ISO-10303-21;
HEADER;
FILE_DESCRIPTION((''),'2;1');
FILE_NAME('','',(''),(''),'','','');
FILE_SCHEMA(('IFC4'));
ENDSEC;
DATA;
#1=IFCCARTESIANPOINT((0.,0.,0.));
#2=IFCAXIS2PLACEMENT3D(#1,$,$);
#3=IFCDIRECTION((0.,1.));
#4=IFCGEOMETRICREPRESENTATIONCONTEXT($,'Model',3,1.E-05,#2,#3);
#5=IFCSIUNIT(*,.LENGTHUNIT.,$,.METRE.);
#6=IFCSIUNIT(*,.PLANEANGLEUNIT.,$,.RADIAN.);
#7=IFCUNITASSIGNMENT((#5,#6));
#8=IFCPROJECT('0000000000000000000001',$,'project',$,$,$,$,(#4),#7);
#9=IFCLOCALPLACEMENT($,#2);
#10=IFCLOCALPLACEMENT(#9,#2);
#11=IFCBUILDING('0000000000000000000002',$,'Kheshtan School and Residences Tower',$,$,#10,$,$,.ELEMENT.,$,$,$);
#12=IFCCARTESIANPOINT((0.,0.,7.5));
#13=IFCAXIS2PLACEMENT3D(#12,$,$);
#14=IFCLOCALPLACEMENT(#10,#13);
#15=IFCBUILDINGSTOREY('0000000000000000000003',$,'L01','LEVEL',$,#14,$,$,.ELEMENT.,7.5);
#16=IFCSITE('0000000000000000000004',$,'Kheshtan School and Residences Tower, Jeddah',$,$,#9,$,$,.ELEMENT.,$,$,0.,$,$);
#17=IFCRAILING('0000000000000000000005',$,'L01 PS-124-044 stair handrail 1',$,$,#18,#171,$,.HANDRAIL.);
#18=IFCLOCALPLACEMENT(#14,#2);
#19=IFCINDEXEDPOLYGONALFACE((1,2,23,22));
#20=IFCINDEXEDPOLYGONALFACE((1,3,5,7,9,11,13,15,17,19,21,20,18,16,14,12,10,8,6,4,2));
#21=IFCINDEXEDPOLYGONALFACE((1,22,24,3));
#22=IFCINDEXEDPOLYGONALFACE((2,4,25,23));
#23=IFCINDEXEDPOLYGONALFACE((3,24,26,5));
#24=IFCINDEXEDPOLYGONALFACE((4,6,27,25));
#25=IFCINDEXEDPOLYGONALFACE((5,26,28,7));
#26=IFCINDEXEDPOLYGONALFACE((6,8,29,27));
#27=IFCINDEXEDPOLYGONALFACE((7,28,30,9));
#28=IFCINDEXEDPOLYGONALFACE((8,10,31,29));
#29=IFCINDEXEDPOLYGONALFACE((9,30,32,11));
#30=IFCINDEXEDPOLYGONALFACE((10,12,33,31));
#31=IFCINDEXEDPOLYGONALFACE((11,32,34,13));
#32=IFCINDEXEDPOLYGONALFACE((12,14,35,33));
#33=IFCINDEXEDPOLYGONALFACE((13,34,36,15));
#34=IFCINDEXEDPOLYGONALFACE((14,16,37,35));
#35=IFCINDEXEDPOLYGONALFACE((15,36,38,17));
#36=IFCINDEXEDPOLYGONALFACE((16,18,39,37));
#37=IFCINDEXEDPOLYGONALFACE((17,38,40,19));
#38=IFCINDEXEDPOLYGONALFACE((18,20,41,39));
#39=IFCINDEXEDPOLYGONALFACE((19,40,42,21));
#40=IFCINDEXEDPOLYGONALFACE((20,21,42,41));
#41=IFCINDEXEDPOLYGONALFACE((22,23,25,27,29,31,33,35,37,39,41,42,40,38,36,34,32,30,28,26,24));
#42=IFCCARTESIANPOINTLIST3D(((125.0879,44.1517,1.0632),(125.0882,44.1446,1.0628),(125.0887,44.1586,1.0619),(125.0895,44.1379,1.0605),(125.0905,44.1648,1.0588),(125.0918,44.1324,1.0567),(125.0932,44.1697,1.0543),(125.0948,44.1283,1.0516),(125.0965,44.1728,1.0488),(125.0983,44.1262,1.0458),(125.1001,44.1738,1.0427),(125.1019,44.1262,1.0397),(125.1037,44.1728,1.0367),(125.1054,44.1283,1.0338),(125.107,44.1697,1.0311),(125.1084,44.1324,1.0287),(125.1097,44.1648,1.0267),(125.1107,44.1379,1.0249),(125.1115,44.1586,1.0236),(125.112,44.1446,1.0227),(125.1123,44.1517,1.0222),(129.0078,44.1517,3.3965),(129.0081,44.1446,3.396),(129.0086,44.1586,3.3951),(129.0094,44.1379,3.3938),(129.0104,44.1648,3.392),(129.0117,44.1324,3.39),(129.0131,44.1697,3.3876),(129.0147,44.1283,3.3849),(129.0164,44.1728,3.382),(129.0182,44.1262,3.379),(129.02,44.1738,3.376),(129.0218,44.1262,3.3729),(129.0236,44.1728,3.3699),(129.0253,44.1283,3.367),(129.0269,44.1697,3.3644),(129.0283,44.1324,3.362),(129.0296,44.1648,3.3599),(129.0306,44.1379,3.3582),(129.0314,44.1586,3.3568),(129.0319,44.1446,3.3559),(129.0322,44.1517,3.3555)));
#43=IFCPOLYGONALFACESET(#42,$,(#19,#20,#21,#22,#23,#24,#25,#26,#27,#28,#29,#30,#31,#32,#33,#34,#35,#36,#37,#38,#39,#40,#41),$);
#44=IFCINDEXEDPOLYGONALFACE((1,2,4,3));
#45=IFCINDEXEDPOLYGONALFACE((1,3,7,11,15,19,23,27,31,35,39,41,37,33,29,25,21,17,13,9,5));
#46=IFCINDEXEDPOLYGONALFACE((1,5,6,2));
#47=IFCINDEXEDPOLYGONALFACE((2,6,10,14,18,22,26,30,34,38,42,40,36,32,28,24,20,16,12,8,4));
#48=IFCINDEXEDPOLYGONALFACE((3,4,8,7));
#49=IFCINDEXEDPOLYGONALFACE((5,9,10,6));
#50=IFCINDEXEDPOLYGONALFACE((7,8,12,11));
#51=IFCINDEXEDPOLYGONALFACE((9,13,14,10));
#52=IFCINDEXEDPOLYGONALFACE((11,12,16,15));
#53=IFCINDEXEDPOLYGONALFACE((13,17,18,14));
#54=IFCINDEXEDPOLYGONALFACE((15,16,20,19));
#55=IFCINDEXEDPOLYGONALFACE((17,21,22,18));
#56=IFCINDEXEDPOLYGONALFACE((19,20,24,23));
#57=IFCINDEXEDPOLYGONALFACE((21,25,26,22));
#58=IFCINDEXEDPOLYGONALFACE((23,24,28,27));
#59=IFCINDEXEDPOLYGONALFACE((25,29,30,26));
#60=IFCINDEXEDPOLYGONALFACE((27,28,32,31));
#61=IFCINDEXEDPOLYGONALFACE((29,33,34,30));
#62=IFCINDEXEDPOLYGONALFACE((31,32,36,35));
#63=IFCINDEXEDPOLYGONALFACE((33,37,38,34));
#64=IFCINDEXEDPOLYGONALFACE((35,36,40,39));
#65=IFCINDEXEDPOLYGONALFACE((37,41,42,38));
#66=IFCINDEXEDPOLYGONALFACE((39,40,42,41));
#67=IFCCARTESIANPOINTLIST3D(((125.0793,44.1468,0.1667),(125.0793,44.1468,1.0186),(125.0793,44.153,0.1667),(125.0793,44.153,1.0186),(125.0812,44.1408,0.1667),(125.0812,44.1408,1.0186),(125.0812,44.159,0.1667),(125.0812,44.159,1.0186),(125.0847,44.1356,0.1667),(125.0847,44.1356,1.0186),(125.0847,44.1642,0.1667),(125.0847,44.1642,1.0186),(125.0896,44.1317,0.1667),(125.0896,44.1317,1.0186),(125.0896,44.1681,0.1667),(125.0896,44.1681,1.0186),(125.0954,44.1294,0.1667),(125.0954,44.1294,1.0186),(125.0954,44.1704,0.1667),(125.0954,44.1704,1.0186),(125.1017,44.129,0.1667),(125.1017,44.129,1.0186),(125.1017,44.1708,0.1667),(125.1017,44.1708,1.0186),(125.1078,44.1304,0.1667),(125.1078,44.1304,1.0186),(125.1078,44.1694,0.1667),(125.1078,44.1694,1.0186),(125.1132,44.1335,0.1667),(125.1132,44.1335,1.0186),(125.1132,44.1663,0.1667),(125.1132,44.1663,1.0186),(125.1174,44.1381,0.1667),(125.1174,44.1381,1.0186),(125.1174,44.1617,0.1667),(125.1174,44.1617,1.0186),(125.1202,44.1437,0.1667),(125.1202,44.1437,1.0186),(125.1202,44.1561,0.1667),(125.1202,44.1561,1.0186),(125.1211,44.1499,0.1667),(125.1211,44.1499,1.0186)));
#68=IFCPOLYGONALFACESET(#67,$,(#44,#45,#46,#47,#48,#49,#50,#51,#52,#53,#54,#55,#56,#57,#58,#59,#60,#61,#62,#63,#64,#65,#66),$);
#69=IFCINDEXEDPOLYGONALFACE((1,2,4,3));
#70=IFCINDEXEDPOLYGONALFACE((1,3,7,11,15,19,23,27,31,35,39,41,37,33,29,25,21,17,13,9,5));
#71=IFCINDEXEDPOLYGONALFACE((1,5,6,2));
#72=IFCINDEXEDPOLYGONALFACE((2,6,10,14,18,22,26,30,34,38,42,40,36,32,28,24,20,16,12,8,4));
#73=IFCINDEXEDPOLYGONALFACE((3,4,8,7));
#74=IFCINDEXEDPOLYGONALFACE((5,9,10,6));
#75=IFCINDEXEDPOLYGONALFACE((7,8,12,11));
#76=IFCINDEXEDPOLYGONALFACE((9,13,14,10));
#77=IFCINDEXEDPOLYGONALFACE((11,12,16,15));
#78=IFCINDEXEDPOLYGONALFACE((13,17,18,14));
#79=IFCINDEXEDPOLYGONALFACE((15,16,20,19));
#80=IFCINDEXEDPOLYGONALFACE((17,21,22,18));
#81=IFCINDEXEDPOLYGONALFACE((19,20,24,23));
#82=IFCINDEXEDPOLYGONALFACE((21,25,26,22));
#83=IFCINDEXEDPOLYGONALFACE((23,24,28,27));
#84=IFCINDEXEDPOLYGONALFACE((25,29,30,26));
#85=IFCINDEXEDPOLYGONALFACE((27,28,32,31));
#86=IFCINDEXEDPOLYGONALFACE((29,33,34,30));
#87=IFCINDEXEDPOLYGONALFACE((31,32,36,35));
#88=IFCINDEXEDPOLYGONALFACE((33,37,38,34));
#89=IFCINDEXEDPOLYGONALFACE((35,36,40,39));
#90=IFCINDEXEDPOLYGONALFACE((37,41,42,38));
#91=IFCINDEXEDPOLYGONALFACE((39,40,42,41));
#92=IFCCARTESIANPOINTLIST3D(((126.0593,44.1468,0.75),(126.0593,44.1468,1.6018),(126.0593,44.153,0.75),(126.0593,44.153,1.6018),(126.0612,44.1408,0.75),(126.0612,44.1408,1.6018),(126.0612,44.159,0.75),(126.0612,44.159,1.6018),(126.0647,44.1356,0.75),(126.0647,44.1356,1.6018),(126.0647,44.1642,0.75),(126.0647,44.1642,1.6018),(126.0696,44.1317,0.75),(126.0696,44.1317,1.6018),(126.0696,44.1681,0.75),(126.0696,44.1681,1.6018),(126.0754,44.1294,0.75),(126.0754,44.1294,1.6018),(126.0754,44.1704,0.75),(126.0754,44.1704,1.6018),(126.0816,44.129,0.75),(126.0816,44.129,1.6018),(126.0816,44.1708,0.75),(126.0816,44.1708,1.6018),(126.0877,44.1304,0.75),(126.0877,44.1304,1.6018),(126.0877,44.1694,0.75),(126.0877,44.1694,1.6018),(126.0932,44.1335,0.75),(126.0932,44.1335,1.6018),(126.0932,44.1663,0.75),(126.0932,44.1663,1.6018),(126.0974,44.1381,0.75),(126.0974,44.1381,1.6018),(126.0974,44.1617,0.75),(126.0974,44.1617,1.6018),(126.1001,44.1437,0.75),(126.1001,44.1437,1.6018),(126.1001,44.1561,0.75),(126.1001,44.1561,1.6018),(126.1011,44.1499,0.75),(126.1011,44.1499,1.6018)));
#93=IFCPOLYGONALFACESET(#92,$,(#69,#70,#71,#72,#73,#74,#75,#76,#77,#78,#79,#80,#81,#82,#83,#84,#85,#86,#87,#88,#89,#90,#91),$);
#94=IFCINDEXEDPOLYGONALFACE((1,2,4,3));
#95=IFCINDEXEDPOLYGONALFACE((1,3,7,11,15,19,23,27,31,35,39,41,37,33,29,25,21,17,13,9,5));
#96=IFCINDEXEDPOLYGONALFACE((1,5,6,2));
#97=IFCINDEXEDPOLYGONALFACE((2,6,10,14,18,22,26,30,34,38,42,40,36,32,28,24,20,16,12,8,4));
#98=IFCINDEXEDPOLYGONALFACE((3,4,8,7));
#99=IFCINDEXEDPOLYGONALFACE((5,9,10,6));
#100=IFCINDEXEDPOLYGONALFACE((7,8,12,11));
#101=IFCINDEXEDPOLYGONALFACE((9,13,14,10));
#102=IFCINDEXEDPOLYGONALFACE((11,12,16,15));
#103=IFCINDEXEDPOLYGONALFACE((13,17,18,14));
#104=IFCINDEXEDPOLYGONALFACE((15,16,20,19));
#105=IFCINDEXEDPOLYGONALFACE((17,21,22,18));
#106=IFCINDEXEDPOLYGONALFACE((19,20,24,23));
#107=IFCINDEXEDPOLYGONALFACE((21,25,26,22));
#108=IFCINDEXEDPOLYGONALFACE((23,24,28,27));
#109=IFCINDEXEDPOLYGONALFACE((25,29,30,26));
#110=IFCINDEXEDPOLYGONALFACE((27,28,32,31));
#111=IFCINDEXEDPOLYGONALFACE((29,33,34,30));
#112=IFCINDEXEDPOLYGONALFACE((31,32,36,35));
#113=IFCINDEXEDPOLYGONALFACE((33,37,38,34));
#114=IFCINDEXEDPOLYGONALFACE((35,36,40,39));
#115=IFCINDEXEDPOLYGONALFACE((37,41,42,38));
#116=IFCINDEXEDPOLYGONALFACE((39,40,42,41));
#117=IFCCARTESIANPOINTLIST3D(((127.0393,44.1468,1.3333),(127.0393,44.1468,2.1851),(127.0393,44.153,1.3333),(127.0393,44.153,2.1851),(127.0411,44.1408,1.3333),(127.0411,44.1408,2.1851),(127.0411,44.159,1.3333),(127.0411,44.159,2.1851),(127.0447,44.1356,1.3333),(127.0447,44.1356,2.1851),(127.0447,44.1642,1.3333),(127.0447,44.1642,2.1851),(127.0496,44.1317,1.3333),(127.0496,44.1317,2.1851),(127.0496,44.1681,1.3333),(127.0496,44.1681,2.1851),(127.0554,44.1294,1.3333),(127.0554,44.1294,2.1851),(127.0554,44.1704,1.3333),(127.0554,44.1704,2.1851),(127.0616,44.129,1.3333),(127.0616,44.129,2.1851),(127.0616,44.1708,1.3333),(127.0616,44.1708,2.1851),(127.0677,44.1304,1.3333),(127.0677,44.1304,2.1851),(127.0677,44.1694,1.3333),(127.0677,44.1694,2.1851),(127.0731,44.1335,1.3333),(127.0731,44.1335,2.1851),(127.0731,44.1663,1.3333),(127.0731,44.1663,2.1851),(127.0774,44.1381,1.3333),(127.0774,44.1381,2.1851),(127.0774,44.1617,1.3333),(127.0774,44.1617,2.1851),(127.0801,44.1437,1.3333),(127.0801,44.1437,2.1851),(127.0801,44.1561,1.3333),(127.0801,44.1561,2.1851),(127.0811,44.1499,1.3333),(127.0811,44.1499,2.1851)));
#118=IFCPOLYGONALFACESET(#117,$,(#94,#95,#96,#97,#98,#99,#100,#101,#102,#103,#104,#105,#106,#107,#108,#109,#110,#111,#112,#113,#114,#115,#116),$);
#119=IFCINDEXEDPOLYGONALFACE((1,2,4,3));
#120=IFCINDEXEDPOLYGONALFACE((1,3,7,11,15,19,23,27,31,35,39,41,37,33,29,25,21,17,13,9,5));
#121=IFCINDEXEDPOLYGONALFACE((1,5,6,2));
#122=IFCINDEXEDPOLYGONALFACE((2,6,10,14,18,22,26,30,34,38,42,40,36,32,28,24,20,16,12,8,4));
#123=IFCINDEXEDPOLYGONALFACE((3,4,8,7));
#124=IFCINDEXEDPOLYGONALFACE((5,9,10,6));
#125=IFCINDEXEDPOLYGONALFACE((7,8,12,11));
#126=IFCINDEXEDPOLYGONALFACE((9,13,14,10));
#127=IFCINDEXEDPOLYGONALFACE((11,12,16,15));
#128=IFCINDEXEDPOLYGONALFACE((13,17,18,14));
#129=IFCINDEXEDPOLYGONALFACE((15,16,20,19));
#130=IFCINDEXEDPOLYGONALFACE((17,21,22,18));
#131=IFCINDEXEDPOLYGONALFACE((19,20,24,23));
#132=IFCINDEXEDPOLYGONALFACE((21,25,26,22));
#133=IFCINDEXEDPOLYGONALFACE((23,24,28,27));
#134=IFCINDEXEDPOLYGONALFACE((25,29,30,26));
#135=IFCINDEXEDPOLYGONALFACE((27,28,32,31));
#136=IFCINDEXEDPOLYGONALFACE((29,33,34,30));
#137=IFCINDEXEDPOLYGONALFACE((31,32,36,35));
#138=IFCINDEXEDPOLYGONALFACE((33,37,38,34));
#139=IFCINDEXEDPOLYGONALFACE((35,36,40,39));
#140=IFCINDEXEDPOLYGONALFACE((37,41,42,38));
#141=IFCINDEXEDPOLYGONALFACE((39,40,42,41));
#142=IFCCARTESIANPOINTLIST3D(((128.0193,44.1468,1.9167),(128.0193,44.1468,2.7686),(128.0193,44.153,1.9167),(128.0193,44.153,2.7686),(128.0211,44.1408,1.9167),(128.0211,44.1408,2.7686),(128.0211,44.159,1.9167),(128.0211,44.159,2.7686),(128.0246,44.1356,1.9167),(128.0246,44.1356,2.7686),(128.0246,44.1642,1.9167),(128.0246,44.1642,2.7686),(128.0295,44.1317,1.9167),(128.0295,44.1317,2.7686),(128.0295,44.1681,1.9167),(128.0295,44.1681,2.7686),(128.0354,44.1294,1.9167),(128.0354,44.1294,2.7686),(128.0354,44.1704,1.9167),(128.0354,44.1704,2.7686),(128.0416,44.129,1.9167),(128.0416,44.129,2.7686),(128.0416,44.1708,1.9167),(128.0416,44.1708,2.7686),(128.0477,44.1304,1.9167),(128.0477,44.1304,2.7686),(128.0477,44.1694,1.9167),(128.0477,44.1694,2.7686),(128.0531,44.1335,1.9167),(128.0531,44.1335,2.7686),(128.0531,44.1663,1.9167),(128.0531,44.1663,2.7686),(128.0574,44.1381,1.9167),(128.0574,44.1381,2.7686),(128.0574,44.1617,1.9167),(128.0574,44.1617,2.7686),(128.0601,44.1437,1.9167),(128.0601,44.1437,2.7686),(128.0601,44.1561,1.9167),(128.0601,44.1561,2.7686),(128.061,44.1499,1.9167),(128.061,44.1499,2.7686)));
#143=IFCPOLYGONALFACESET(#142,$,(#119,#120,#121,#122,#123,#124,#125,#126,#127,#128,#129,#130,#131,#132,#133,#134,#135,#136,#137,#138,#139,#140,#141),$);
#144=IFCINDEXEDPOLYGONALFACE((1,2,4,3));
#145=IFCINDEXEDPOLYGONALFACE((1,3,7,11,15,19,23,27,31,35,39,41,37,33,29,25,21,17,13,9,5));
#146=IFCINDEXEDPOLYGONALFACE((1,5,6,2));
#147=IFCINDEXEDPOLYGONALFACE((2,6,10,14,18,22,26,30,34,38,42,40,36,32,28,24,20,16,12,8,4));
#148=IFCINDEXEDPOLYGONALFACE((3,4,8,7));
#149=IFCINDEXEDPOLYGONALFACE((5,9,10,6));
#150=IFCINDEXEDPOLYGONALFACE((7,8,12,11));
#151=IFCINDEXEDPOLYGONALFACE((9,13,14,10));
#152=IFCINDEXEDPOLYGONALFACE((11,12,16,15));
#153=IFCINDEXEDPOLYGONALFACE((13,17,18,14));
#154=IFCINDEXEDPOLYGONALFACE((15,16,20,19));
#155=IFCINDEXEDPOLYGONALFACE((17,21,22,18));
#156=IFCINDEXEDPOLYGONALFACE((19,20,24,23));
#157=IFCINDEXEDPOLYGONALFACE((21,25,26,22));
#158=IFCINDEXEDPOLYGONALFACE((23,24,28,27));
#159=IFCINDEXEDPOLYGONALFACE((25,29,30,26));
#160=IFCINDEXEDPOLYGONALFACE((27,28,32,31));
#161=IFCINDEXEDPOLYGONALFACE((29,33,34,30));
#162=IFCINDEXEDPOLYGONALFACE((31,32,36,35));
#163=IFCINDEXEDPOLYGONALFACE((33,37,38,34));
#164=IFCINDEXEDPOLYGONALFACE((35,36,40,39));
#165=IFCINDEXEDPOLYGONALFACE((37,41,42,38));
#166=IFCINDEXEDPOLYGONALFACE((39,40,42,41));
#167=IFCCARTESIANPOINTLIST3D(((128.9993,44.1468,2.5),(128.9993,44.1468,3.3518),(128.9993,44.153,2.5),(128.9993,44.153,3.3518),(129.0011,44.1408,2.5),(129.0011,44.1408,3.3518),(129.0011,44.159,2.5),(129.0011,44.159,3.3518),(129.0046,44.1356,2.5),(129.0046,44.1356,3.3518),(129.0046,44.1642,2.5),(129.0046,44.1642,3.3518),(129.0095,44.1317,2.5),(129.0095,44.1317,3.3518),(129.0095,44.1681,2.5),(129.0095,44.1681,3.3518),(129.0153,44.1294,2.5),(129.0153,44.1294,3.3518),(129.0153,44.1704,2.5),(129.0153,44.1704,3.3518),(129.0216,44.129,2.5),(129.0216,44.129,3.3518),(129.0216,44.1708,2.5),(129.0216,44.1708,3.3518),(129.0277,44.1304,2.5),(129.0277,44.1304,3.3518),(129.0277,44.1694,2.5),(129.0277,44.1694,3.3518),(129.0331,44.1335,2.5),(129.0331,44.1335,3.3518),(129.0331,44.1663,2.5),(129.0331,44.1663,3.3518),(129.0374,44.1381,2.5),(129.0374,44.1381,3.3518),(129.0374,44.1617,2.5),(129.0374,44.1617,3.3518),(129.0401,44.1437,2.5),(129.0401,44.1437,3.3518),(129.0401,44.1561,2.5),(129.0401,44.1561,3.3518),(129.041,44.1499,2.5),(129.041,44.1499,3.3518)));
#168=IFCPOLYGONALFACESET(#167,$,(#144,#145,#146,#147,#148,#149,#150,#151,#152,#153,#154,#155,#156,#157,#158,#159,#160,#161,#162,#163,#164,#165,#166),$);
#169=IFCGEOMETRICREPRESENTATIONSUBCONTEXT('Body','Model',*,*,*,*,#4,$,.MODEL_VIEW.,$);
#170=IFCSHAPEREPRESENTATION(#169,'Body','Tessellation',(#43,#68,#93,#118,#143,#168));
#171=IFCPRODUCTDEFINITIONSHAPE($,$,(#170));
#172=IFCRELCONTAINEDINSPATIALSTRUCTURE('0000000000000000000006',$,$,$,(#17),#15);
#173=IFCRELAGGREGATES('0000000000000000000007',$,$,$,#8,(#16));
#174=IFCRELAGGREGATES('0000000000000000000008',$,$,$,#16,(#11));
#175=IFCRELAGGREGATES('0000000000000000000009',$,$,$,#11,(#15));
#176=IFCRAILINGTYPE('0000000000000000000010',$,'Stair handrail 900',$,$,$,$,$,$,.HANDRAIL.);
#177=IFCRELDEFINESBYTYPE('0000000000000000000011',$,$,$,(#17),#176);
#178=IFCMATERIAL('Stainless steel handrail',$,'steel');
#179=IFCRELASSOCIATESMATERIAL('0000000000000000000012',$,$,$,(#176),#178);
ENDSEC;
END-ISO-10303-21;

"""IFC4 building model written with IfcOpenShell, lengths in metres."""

from ifc_helpers import new_model, si_unit, direction, frame, origin, origin_2d, place, context, subcontext, project, spatial, circle, extrude, material, type_object, element, save


model = new_model("IFC4")

# Units and contexts
model_context = context("Model", 3, precision=1e-05, world=origin(), true_north=direction((0.0, 1.0)))
body_context = subcontext(model_context, "Body", "Model", "MODEL_VIEW")
ifc_project = project(units=[si_unit("LENGTHUNIT", "METRE"), si_unit("PLANEANGLEUNIT", "RADIAN")], contexts=[model_context])

# Site, building, storey
site_placement = place(None, origin())
site = spatial("IfcSite", under=ifc_project, at=site_placement, Name="Kheshtan School and Residences Tower, Jeddah", CompositionType="ELEMENT", RefElevation=0.0)
building_placement = place(site_placement, origin())
building = spatial("IfcBuilding", under=site, at=building_placement, Name="Kheshtan School and Residences Tower", CompositionType="ELEMENT")
storey_placement = place(building_placement, frame((0.0, 0.0, 7.5)))
storey = spatial("IfcBuildingStorey", under=building, at=storey_placement, Name="L01", Description="LEVEL", CompositionType="ELEMENT", Elevation=7.5)

# Railing
ifc_material_1 = material(Name="Stainless steel handrail", Category="steel")
railing_type_1 = type_object("IfcRailingType", Name="Stair handrail 900", PredefinedType="HANDRAIL", material=ifc_material_1)
railing_1_placement = place(storey_placement, frame((125.1001, 44.1499, 0.1667)))
element("IfcRailing", 1, at=railing_1_placement, inside=storey, type_object=railing_type_1, Name="L01 PS-124-044 stair handrail 1", PredefinedType="HANDRAIL", context=body_context, shape_type="SweptSolid", body=[
    extrude(circle(Radius=0.0239, at=origin_2d()), frame((0.0, 0.0, 0.876), z_axis=(0.859296, 0.0, 0.511478), x_axis=(0.0, 1.0, 0.0)), (0.0, 0.0, 1.0), 4.5618),
    extrude(circle(Radius=0.021, at=origin_2d()), origin(), (0.0, 0.0, 1.0), 0.8518),
    extrude(circle(Radius=0.021, at=origin_2d()), frame((0.98, 0.0, 0.5833)), (0.0, 0.0, 1.0), 0.8518),
    extrude(circle(Radius=0.021, at=origin_2d()), frame((1.96, 0.0, 1.1665)), (0.0, 0.0, 1.0), 0.8518),
    extrude(circle(Radius=0.021, at=origin_2d()), frame((2.9399, 0.0, 1.75)), (0.0, 0.0, 1.0), 0.8518),
    extrude(circle(Radius=0.021, at=origin_2d()), frame((3.9199, 0.0, 2.3333)), (0.0, 0.0, 1.0), 0.8518),
])

save(model, "model.ifc")
